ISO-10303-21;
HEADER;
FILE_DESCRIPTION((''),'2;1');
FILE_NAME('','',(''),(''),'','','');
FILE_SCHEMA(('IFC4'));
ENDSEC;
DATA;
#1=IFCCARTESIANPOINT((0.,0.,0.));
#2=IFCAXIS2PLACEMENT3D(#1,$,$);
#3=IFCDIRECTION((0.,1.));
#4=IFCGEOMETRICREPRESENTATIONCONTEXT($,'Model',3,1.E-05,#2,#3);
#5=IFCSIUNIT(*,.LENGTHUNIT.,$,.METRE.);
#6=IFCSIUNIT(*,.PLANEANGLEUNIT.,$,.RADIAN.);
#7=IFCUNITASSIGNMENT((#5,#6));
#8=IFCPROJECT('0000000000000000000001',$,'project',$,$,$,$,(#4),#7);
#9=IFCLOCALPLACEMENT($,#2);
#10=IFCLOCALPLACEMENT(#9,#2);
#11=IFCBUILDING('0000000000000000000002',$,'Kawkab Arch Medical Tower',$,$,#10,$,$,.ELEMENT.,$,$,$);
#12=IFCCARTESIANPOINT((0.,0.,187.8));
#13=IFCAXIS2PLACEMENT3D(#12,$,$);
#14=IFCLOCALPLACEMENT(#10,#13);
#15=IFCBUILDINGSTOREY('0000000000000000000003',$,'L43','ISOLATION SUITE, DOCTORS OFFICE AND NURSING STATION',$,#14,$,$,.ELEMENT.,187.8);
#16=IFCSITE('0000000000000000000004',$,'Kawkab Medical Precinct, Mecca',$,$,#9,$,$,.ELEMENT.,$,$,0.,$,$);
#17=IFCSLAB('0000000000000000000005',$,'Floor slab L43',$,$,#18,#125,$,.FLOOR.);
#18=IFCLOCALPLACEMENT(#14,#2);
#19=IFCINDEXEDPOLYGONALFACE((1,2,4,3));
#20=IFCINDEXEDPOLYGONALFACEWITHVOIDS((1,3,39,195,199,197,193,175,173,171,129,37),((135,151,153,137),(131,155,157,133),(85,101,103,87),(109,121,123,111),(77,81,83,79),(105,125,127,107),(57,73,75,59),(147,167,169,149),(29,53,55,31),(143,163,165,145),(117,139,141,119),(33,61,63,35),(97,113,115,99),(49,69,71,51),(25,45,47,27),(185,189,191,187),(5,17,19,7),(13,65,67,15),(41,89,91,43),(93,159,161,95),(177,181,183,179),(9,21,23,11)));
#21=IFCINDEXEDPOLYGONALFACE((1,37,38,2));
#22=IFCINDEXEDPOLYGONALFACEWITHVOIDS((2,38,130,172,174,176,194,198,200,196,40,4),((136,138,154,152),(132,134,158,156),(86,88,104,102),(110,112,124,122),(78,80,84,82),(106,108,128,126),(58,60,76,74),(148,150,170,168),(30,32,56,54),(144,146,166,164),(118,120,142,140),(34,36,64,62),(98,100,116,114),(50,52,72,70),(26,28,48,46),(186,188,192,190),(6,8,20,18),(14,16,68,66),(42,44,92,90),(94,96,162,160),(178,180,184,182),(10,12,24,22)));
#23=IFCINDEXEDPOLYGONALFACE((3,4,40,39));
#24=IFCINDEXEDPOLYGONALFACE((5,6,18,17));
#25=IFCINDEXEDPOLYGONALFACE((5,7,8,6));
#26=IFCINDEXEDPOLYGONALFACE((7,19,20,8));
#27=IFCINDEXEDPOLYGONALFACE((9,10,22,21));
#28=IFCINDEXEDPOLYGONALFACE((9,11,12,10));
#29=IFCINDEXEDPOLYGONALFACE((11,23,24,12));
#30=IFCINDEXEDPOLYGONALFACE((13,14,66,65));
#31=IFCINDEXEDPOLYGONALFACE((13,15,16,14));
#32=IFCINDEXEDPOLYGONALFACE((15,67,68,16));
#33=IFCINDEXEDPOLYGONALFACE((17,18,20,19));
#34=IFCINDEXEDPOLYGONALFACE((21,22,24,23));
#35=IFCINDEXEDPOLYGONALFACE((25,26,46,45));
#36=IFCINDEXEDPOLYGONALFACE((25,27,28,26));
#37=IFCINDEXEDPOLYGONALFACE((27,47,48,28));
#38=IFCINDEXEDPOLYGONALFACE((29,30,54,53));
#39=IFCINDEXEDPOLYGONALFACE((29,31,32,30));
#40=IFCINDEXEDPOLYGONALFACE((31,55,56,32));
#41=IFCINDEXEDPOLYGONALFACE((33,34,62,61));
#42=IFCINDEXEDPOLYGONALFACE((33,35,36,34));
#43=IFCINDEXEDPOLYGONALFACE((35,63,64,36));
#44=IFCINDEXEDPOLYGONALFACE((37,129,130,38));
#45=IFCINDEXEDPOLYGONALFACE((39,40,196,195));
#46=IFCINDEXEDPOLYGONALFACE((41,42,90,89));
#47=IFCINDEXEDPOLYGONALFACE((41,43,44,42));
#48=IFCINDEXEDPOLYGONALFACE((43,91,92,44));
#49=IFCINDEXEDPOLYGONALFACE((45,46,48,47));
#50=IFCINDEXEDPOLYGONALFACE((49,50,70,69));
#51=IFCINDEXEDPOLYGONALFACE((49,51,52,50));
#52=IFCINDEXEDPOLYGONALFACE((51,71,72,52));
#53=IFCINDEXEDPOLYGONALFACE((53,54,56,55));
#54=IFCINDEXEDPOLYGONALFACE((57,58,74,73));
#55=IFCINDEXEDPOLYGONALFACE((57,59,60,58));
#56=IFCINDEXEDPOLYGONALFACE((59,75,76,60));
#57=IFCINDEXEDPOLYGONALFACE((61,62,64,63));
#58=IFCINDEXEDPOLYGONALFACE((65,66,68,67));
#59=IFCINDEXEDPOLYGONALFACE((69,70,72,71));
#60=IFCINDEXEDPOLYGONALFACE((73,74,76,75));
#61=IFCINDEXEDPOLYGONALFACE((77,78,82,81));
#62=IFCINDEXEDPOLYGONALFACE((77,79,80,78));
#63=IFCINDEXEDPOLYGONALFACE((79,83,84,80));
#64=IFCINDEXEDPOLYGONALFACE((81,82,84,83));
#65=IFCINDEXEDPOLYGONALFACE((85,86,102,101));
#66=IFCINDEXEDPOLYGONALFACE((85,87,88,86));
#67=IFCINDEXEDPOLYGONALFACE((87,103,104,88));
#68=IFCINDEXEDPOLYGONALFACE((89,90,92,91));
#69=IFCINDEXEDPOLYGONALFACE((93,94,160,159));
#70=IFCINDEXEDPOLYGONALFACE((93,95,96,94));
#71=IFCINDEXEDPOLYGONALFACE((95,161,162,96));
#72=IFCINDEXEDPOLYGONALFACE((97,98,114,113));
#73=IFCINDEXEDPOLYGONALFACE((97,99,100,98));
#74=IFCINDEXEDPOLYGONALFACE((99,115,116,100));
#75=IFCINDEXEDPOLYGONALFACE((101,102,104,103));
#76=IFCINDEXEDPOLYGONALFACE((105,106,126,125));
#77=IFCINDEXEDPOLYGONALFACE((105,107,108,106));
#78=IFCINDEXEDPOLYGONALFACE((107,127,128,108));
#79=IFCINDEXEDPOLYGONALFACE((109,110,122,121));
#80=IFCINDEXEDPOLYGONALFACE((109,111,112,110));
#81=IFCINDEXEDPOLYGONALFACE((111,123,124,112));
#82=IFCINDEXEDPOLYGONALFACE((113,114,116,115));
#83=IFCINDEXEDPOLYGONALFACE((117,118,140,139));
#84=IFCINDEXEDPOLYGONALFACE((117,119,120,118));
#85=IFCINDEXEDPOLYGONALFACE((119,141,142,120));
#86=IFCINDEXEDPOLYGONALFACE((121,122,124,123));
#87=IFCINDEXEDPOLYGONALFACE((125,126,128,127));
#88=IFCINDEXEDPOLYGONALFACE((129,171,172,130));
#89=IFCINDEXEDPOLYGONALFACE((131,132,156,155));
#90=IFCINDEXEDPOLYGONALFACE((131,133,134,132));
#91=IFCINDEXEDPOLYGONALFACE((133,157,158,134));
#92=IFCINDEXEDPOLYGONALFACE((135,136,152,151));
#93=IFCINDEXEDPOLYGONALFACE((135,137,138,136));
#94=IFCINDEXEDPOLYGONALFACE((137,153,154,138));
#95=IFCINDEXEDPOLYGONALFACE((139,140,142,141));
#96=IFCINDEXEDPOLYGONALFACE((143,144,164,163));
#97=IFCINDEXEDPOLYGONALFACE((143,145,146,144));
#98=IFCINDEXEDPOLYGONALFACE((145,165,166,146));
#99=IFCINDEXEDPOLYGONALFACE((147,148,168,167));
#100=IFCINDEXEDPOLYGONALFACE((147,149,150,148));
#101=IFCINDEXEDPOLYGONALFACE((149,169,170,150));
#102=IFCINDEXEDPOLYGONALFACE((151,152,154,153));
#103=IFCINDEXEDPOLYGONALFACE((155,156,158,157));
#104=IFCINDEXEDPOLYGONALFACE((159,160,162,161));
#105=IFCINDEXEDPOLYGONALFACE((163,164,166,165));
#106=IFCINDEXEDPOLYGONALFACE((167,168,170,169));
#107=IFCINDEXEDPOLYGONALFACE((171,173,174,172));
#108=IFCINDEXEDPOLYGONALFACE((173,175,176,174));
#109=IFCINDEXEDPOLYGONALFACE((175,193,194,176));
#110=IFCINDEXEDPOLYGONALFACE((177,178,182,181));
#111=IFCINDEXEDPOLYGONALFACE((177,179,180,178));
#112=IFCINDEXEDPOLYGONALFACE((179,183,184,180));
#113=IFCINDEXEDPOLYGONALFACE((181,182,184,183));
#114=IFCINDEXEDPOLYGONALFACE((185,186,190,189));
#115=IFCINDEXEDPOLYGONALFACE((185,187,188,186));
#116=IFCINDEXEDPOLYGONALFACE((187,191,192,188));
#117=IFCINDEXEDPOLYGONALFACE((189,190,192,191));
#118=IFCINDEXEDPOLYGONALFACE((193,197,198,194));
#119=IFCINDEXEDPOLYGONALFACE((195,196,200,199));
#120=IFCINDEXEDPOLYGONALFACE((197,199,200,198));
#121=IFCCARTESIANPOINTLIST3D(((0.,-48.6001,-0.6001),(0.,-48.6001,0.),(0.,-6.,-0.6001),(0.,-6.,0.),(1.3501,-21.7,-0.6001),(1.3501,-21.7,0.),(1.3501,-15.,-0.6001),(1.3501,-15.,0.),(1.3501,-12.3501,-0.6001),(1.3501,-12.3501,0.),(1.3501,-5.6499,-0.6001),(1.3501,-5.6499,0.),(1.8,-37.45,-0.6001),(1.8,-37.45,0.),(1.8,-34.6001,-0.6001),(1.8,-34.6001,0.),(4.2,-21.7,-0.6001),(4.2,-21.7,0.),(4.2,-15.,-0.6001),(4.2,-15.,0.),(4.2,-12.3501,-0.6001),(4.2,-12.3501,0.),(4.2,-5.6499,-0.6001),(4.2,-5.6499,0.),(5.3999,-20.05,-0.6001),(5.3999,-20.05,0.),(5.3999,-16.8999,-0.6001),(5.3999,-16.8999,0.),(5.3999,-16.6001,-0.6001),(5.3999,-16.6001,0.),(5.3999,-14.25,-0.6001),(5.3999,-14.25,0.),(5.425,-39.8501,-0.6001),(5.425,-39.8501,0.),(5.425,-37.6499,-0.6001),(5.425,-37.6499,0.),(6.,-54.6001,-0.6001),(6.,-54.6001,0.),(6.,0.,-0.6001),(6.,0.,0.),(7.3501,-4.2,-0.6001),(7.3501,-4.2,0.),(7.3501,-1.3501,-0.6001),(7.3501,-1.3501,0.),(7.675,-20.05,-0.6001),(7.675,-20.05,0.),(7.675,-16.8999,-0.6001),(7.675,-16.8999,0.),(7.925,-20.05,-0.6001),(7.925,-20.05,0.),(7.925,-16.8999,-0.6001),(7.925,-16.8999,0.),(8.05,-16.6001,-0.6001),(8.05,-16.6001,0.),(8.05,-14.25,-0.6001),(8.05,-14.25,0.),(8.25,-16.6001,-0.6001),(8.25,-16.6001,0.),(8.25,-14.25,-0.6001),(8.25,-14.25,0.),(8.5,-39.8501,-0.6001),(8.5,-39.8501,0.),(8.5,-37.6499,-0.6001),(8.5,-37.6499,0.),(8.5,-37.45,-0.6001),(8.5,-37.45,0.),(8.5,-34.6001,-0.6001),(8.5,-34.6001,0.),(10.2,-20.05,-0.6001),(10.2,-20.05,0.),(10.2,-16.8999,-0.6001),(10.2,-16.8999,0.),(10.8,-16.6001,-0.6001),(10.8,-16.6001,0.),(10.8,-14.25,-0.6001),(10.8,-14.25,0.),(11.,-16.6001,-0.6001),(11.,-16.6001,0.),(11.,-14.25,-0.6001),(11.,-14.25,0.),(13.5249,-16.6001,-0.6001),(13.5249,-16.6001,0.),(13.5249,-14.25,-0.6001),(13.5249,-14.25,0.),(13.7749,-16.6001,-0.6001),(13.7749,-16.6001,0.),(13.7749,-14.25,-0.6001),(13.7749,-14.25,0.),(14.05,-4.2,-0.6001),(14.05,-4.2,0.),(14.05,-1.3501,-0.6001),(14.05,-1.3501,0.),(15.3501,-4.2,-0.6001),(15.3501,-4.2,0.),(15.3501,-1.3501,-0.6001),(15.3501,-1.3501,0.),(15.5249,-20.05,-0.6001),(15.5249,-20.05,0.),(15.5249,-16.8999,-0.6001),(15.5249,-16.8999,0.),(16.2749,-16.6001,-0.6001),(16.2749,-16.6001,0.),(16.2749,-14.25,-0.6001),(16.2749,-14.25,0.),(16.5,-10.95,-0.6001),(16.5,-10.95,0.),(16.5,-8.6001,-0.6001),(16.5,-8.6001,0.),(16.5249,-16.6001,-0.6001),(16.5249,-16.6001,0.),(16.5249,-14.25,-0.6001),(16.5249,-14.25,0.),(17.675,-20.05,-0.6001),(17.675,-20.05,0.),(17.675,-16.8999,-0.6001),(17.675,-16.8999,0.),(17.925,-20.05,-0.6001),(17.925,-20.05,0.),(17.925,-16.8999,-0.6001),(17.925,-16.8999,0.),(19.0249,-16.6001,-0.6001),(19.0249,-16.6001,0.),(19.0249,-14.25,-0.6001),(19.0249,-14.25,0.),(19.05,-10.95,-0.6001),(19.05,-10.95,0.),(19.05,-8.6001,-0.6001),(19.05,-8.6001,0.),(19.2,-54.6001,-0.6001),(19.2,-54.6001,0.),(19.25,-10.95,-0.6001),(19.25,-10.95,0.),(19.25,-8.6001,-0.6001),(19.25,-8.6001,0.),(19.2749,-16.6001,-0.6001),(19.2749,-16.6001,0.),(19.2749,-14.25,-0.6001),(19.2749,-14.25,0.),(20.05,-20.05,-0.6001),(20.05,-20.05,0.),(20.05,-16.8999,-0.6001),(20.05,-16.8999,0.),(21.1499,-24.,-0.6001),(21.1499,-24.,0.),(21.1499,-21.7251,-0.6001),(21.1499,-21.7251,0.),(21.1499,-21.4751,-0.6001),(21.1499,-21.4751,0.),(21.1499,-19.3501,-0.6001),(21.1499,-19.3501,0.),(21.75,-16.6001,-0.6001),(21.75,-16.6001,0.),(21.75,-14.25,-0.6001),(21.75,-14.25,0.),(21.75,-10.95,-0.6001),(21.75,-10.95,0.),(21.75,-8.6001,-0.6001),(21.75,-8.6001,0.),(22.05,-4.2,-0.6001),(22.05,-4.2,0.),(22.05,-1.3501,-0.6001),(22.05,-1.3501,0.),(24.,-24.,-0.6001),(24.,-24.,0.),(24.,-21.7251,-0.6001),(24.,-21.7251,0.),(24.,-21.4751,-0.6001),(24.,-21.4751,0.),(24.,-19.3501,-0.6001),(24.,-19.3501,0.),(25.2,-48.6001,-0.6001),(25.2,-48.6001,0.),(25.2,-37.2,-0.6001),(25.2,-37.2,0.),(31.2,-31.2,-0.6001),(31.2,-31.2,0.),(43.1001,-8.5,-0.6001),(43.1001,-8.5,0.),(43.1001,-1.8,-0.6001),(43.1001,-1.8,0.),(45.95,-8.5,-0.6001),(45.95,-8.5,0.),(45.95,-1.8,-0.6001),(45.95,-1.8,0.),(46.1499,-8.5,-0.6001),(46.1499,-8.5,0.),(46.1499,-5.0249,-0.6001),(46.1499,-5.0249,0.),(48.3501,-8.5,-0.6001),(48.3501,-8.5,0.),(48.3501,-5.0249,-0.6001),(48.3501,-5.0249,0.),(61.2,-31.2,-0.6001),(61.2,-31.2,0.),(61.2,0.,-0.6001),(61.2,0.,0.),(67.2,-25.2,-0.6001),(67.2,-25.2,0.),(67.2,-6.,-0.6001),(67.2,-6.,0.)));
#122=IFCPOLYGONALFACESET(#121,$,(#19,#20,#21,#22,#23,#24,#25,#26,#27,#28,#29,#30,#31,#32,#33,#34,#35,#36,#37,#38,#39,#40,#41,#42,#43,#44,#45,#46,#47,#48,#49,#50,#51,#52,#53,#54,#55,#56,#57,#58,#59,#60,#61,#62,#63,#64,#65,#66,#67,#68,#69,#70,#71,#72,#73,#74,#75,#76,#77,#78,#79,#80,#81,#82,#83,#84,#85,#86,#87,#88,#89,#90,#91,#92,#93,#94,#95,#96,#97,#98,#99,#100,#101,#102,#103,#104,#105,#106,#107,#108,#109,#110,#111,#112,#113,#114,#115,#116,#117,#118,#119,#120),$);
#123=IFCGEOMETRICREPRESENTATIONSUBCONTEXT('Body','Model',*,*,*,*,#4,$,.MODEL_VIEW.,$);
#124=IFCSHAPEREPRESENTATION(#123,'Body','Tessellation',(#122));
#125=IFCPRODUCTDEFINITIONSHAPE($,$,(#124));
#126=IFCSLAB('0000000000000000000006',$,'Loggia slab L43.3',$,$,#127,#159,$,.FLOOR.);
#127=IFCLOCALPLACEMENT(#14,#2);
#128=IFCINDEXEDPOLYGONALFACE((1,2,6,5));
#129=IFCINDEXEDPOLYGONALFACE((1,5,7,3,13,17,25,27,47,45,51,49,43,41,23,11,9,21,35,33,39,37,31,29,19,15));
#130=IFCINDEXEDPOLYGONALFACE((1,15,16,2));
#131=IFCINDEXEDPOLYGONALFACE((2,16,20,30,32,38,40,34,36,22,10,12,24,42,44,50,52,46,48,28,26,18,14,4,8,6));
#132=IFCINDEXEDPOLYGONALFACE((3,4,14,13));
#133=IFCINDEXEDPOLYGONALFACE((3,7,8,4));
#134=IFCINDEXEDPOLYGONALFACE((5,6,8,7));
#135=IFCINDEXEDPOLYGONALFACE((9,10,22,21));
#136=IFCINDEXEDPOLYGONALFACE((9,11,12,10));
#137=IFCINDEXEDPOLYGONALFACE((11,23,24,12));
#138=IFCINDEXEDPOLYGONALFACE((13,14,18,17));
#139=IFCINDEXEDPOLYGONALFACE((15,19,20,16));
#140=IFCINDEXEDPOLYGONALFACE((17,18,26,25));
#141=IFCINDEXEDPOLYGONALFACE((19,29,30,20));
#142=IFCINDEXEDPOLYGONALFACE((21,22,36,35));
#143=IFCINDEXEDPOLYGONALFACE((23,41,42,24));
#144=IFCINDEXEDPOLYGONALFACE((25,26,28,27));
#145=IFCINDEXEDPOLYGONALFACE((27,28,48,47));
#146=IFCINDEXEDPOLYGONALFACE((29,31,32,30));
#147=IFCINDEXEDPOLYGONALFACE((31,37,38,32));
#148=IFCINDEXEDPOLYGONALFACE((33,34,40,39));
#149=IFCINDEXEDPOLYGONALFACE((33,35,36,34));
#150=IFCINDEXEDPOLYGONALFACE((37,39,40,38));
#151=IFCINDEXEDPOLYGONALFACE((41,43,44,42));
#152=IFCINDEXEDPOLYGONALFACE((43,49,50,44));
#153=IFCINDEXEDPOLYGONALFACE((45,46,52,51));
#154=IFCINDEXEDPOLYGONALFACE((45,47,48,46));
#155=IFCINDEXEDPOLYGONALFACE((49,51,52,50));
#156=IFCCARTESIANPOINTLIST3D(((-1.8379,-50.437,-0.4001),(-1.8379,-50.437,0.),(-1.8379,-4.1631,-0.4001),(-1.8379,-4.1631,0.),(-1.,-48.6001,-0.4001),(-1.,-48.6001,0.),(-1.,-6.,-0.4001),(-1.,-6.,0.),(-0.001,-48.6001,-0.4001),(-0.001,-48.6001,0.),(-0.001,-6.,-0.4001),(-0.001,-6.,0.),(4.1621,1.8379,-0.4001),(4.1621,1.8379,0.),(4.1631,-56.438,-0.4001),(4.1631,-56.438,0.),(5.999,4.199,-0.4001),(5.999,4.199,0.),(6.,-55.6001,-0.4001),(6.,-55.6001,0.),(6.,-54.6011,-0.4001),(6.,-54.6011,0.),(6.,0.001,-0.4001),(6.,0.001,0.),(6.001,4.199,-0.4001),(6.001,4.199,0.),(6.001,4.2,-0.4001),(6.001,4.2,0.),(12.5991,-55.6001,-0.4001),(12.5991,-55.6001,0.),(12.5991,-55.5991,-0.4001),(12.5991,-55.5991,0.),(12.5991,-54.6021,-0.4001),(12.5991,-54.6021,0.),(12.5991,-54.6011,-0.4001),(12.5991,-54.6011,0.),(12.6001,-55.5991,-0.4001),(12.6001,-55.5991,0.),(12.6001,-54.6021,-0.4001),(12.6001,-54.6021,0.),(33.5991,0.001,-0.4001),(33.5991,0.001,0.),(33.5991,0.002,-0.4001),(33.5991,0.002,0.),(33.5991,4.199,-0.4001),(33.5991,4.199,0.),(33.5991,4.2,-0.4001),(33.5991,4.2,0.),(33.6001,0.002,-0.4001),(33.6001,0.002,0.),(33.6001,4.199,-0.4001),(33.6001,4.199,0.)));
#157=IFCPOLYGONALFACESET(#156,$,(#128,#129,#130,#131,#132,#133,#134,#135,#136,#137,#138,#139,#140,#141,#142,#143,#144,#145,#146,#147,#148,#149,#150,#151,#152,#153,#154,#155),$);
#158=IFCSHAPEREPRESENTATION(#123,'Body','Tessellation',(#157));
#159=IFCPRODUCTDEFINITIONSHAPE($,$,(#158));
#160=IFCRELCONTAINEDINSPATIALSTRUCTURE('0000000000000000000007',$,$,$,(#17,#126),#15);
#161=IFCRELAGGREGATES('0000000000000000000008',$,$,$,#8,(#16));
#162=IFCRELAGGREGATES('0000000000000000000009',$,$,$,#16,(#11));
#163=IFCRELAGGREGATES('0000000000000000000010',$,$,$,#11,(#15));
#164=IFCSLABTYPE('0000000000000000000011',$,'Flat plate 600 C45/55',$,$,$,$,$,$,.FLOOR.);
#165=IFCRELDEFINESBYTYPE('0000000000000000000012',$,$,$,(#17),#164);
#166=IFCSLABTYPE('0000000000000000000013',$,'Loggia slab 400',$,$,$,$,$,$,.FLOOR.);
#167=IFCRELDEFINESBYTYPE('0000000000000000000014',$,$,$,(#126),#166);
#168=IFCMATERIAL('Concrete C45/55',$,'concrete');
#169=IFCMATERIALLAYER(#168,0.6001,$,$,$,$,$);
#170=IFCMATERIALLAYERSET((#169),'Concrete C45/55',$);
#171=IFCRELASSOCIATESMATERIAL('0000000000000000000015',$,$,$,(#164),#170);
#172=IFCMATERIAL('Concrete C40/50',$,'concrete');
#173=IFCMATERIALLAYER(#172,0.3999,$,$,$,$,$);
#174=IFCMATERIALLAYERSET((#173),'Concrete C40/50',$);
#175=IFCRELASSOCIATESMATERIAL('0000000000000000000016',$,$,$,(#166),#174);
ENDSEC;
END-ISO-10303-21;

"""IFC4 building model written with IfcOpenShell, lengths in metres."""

from ifc_helpers import new_model, si_unit, direction, frame, origin, place, context, subcontext, project, spatial, polyline, outline, extrude, material, layer, layer_set, type_object, element, save


model = new_model("IFC4")

# Units and contexts
model_context = context("Model", 3, precision=1e-05, world=origin(), true_north=direction((0.0, 1.0)))
body_context = subcontext(model_context, "Body", "Model", "MODEL_VIEW")
ifc_project = project(units=[si_unit("LENGTHUNIT", "METRE"), si_unit("PLANEANGLEUNIT", "RADIAN")], contexts=[model_context])

# Site, building, storey
site_placement = place(None, origin())
site = spatial("IfcSite", under=ifc_project, at=site_placement, Name="Kawkab Medical Precinct, Mecca", CompositionType="ELEMENT", RefElevation=0.0)
building_placement = place(site_placement, origin())
building = spatial("IfcBuilding", under=site, at=building_placement, Name="Kawkab Arch Medical Tower", CompositionType="ELEMENT")
storey_placement = place(building_placement, frame((0.0, 0.0, 187.8)))
storey = spatial("IfcBuildingStorey", under=building, at=storey_placement, Name="L43", Description="ISOLATION SUITE, DOCTORS OFFICE AND NURSING STATION", CompositionType="ELEMENT", Elevation=187.8)

# Slabs
ifc_material_1 = material(Name="Concrete C45/55", Category="concrete")
ifc_layer_1 = layer(ifc_material_1, 0.6001)
ifc_layer_set_1 = layer_set([ifc_layer_1], Name="Concrete C45/55")
slab_type_1 = type_object("IfcSlabType", Name="Flat plate 600 C45/55", PredefinedType="FLOOR", material=ifc_layer_set_1)
slab_1_placement = place(storey_placement, frame((0.0, 0.0, -0.6001)))
element("IfcSlab", 1, at=slab_1_placement, inside=storey, type_object=slab_type_1, Name="Floor slab L43", PredefinedType="FLOOR", context=body_context, shape_type="SweptSolid", body=[
    extrude(outline(polyline([(6.0, 0.0), (61.2, 0.0), (67.2, -6.0), (67.2, -25.2), (61.2, -31.2), (31.2, -31.2), (25.2, -37.2), (25.2, -48.6001), (19.2, -54.6001), (6.0, -54.6001), (0.0, -48.6001), (0.0, -6.0), (6.0, 0.0)]), holes=[polyline([(5.425, -37.6499), (5.425, -39.8501), (8.5, -39.8501), (8.5, -37.6499), (5.425, -37.6499)]), polyline([(8.5, -37.45), (8.5, -34.6001), (1.8, -34.6001), (1.8, -37.45), (8.5, -37.45)]), polyline([(5.3999, -20.05), (7.675, -20.05), (7.675, -16.8999), (5.3999, -16.8999), (5.3999, -20.05)]), polyline([(10.2, -20.05), (10.2, -16.8999), (7.925, -16.8999), (7.925, -20.05), (10.2, -20.05)]), polyline([(4.2, -21.7), (4.2, -15.0), (1.3501, -15.0), (1.3501, -21.7), (4.2, -21.7)]), polyline([(5.3999, -16.6001), (8.05, -16.6001), (8.05, -14.25), (5.3999, -14.25), (5.3999, -16.6001)]), polyline([(10.8, -14.25), (8.25, -14.25), (8.25, -16.6001), (10.8, -16.6001), (10.8, -14.25)]), polyline([(13.5249, -16.6001), (13.5249, -14.25), (11.0, -14.25), (11.0, -16.6001), (13.5249, -16.6001)]), polyline([(16.2749, -14.25), (13.7749, -14.25), (13.7749, -16.6001), (16.2749, -16.6001), (16.2749, -14.25)]), polyline([(4.2, -12.3501), (4.2, -5.6499), (1.3501, -5.6499), (1.3501, -12.3501), (4.2, -12.3501)]), polyline([(7.3501, -4.2), (14.05, -4.2), (14.05, -1.3501), (7.3501, -1.3501), (7.3501, -4.2)]), polyline([(24.0, -21.7251), (21.1499, -21.7251), (21.1499, -24.0), (24.0, -24.0), (24.0, -21.7251)]), polyline([(24.0, -19.3501), (21.1499, -19.3501), (21.1499, -21.4751), (24.0, -21.4751), (24.0, -19.3501)]), polyline([(15.5249, -20.05), (17.675, -20.05), (17.675, -16.8999), (15.5249, -16.8999), (15.5249, -20.05)]), polyline([(17.925, -16.8999), (17.925, -20.05), (20.05, -20.05), (20.05, -16.8999), (17.925, -16.8999)]), polyline([(16.5249, -14.25), (16.5249, -16.6001), (19.0249, -16.6001), (19.0249, -14.25), (16.5249, -14.25)]), polyline([(19.2749, -14.25), (19.2749, -16.6001), (21.75, -16.6001), (21.75, -14.25), (19.2749, -14.25)]), polyline([(16.5, -10.95), (19.05, -10.95), (19.05, -8.6001), (16.5, -8.6001), (16.5, -10.95)]), polyline([(19.25, -8.6001), (19.25, -10.95), (21.75, -10.95), (21.75, -8.6001), (19.25, -8.6001)]), polyline([(46.1499, -8.5), (48.3501, -8.5), (48.3501, -5.0249), (46.1499, -5.0249), (46.1499, -8.5)]), polyline([(43.1001, -1.8), (43.1001, -8.5), (45.95, -8.5), (45.95, -1.8), (43.1001, -1.8)]), polyline([(22.05, -1.3501), (15.3501, -1.3501), (15.3501, -4.2), (22.05, -4.2), (22.05, -1.3501)])]), origin(), (0.0, 0.0, 1.0), 0.6001),
])
ifc_material_2 = material(Name="Concrete C40/50", Category="concrete")
ifc_layer_2 = layer(ifc_material_2, 0.3999)
ifc_layer_set_2 = layer_set([ifc_layer_2], Name="Concrete C40/50")
slab_type_2 = type_object("IfcSlabType", Name="Loggia slab 400", PredefinedType="FLOOR", material=ifc_layer_set_2)
placement_1 = place(storey_placement, frame((0.0, 0.0, -0.4001)))
element("IfcSlab", 2, at=placement_1, inside=storey, type_object=slab_type_2, Name="Loggia slab L43.3", PredefinedType="FLOOR", context=body_context, shape_type="SweptSolid", body=[
    extrude(outline(polyline([(-1.8379, -50.437), (-1.0, -48.6001), (-1.0, -6.0), (-1.8379, -4.1631), (4.1621, 1.8379), (5.999, 4.199), (6.001, 4.199), (6.001, 4.2), (33.5991, 4.2), (33.5991, 4.199), (33.6001, 4.199), (33.6001, 0.002), (33.5991, 0.002), (33.5991, 0.001), (6.0, 0.001), (-0.001, -6.0), (-0.001, -48.6001), (6.0, -54.6011), (12.5991, -54.6011), (12.5991, -54.6021), (12.6001, -54.6021), (12.6001, -55.5991), (12.5991, -55.5991), (12.5991, -55.6001), (6.0, -55.6001), (4.1631, -56.438), (-1.8379, -50.437)])), origin(), (0.0, 0.0, 1.0), 0.4001),
])

save(model, "model.ifc")
